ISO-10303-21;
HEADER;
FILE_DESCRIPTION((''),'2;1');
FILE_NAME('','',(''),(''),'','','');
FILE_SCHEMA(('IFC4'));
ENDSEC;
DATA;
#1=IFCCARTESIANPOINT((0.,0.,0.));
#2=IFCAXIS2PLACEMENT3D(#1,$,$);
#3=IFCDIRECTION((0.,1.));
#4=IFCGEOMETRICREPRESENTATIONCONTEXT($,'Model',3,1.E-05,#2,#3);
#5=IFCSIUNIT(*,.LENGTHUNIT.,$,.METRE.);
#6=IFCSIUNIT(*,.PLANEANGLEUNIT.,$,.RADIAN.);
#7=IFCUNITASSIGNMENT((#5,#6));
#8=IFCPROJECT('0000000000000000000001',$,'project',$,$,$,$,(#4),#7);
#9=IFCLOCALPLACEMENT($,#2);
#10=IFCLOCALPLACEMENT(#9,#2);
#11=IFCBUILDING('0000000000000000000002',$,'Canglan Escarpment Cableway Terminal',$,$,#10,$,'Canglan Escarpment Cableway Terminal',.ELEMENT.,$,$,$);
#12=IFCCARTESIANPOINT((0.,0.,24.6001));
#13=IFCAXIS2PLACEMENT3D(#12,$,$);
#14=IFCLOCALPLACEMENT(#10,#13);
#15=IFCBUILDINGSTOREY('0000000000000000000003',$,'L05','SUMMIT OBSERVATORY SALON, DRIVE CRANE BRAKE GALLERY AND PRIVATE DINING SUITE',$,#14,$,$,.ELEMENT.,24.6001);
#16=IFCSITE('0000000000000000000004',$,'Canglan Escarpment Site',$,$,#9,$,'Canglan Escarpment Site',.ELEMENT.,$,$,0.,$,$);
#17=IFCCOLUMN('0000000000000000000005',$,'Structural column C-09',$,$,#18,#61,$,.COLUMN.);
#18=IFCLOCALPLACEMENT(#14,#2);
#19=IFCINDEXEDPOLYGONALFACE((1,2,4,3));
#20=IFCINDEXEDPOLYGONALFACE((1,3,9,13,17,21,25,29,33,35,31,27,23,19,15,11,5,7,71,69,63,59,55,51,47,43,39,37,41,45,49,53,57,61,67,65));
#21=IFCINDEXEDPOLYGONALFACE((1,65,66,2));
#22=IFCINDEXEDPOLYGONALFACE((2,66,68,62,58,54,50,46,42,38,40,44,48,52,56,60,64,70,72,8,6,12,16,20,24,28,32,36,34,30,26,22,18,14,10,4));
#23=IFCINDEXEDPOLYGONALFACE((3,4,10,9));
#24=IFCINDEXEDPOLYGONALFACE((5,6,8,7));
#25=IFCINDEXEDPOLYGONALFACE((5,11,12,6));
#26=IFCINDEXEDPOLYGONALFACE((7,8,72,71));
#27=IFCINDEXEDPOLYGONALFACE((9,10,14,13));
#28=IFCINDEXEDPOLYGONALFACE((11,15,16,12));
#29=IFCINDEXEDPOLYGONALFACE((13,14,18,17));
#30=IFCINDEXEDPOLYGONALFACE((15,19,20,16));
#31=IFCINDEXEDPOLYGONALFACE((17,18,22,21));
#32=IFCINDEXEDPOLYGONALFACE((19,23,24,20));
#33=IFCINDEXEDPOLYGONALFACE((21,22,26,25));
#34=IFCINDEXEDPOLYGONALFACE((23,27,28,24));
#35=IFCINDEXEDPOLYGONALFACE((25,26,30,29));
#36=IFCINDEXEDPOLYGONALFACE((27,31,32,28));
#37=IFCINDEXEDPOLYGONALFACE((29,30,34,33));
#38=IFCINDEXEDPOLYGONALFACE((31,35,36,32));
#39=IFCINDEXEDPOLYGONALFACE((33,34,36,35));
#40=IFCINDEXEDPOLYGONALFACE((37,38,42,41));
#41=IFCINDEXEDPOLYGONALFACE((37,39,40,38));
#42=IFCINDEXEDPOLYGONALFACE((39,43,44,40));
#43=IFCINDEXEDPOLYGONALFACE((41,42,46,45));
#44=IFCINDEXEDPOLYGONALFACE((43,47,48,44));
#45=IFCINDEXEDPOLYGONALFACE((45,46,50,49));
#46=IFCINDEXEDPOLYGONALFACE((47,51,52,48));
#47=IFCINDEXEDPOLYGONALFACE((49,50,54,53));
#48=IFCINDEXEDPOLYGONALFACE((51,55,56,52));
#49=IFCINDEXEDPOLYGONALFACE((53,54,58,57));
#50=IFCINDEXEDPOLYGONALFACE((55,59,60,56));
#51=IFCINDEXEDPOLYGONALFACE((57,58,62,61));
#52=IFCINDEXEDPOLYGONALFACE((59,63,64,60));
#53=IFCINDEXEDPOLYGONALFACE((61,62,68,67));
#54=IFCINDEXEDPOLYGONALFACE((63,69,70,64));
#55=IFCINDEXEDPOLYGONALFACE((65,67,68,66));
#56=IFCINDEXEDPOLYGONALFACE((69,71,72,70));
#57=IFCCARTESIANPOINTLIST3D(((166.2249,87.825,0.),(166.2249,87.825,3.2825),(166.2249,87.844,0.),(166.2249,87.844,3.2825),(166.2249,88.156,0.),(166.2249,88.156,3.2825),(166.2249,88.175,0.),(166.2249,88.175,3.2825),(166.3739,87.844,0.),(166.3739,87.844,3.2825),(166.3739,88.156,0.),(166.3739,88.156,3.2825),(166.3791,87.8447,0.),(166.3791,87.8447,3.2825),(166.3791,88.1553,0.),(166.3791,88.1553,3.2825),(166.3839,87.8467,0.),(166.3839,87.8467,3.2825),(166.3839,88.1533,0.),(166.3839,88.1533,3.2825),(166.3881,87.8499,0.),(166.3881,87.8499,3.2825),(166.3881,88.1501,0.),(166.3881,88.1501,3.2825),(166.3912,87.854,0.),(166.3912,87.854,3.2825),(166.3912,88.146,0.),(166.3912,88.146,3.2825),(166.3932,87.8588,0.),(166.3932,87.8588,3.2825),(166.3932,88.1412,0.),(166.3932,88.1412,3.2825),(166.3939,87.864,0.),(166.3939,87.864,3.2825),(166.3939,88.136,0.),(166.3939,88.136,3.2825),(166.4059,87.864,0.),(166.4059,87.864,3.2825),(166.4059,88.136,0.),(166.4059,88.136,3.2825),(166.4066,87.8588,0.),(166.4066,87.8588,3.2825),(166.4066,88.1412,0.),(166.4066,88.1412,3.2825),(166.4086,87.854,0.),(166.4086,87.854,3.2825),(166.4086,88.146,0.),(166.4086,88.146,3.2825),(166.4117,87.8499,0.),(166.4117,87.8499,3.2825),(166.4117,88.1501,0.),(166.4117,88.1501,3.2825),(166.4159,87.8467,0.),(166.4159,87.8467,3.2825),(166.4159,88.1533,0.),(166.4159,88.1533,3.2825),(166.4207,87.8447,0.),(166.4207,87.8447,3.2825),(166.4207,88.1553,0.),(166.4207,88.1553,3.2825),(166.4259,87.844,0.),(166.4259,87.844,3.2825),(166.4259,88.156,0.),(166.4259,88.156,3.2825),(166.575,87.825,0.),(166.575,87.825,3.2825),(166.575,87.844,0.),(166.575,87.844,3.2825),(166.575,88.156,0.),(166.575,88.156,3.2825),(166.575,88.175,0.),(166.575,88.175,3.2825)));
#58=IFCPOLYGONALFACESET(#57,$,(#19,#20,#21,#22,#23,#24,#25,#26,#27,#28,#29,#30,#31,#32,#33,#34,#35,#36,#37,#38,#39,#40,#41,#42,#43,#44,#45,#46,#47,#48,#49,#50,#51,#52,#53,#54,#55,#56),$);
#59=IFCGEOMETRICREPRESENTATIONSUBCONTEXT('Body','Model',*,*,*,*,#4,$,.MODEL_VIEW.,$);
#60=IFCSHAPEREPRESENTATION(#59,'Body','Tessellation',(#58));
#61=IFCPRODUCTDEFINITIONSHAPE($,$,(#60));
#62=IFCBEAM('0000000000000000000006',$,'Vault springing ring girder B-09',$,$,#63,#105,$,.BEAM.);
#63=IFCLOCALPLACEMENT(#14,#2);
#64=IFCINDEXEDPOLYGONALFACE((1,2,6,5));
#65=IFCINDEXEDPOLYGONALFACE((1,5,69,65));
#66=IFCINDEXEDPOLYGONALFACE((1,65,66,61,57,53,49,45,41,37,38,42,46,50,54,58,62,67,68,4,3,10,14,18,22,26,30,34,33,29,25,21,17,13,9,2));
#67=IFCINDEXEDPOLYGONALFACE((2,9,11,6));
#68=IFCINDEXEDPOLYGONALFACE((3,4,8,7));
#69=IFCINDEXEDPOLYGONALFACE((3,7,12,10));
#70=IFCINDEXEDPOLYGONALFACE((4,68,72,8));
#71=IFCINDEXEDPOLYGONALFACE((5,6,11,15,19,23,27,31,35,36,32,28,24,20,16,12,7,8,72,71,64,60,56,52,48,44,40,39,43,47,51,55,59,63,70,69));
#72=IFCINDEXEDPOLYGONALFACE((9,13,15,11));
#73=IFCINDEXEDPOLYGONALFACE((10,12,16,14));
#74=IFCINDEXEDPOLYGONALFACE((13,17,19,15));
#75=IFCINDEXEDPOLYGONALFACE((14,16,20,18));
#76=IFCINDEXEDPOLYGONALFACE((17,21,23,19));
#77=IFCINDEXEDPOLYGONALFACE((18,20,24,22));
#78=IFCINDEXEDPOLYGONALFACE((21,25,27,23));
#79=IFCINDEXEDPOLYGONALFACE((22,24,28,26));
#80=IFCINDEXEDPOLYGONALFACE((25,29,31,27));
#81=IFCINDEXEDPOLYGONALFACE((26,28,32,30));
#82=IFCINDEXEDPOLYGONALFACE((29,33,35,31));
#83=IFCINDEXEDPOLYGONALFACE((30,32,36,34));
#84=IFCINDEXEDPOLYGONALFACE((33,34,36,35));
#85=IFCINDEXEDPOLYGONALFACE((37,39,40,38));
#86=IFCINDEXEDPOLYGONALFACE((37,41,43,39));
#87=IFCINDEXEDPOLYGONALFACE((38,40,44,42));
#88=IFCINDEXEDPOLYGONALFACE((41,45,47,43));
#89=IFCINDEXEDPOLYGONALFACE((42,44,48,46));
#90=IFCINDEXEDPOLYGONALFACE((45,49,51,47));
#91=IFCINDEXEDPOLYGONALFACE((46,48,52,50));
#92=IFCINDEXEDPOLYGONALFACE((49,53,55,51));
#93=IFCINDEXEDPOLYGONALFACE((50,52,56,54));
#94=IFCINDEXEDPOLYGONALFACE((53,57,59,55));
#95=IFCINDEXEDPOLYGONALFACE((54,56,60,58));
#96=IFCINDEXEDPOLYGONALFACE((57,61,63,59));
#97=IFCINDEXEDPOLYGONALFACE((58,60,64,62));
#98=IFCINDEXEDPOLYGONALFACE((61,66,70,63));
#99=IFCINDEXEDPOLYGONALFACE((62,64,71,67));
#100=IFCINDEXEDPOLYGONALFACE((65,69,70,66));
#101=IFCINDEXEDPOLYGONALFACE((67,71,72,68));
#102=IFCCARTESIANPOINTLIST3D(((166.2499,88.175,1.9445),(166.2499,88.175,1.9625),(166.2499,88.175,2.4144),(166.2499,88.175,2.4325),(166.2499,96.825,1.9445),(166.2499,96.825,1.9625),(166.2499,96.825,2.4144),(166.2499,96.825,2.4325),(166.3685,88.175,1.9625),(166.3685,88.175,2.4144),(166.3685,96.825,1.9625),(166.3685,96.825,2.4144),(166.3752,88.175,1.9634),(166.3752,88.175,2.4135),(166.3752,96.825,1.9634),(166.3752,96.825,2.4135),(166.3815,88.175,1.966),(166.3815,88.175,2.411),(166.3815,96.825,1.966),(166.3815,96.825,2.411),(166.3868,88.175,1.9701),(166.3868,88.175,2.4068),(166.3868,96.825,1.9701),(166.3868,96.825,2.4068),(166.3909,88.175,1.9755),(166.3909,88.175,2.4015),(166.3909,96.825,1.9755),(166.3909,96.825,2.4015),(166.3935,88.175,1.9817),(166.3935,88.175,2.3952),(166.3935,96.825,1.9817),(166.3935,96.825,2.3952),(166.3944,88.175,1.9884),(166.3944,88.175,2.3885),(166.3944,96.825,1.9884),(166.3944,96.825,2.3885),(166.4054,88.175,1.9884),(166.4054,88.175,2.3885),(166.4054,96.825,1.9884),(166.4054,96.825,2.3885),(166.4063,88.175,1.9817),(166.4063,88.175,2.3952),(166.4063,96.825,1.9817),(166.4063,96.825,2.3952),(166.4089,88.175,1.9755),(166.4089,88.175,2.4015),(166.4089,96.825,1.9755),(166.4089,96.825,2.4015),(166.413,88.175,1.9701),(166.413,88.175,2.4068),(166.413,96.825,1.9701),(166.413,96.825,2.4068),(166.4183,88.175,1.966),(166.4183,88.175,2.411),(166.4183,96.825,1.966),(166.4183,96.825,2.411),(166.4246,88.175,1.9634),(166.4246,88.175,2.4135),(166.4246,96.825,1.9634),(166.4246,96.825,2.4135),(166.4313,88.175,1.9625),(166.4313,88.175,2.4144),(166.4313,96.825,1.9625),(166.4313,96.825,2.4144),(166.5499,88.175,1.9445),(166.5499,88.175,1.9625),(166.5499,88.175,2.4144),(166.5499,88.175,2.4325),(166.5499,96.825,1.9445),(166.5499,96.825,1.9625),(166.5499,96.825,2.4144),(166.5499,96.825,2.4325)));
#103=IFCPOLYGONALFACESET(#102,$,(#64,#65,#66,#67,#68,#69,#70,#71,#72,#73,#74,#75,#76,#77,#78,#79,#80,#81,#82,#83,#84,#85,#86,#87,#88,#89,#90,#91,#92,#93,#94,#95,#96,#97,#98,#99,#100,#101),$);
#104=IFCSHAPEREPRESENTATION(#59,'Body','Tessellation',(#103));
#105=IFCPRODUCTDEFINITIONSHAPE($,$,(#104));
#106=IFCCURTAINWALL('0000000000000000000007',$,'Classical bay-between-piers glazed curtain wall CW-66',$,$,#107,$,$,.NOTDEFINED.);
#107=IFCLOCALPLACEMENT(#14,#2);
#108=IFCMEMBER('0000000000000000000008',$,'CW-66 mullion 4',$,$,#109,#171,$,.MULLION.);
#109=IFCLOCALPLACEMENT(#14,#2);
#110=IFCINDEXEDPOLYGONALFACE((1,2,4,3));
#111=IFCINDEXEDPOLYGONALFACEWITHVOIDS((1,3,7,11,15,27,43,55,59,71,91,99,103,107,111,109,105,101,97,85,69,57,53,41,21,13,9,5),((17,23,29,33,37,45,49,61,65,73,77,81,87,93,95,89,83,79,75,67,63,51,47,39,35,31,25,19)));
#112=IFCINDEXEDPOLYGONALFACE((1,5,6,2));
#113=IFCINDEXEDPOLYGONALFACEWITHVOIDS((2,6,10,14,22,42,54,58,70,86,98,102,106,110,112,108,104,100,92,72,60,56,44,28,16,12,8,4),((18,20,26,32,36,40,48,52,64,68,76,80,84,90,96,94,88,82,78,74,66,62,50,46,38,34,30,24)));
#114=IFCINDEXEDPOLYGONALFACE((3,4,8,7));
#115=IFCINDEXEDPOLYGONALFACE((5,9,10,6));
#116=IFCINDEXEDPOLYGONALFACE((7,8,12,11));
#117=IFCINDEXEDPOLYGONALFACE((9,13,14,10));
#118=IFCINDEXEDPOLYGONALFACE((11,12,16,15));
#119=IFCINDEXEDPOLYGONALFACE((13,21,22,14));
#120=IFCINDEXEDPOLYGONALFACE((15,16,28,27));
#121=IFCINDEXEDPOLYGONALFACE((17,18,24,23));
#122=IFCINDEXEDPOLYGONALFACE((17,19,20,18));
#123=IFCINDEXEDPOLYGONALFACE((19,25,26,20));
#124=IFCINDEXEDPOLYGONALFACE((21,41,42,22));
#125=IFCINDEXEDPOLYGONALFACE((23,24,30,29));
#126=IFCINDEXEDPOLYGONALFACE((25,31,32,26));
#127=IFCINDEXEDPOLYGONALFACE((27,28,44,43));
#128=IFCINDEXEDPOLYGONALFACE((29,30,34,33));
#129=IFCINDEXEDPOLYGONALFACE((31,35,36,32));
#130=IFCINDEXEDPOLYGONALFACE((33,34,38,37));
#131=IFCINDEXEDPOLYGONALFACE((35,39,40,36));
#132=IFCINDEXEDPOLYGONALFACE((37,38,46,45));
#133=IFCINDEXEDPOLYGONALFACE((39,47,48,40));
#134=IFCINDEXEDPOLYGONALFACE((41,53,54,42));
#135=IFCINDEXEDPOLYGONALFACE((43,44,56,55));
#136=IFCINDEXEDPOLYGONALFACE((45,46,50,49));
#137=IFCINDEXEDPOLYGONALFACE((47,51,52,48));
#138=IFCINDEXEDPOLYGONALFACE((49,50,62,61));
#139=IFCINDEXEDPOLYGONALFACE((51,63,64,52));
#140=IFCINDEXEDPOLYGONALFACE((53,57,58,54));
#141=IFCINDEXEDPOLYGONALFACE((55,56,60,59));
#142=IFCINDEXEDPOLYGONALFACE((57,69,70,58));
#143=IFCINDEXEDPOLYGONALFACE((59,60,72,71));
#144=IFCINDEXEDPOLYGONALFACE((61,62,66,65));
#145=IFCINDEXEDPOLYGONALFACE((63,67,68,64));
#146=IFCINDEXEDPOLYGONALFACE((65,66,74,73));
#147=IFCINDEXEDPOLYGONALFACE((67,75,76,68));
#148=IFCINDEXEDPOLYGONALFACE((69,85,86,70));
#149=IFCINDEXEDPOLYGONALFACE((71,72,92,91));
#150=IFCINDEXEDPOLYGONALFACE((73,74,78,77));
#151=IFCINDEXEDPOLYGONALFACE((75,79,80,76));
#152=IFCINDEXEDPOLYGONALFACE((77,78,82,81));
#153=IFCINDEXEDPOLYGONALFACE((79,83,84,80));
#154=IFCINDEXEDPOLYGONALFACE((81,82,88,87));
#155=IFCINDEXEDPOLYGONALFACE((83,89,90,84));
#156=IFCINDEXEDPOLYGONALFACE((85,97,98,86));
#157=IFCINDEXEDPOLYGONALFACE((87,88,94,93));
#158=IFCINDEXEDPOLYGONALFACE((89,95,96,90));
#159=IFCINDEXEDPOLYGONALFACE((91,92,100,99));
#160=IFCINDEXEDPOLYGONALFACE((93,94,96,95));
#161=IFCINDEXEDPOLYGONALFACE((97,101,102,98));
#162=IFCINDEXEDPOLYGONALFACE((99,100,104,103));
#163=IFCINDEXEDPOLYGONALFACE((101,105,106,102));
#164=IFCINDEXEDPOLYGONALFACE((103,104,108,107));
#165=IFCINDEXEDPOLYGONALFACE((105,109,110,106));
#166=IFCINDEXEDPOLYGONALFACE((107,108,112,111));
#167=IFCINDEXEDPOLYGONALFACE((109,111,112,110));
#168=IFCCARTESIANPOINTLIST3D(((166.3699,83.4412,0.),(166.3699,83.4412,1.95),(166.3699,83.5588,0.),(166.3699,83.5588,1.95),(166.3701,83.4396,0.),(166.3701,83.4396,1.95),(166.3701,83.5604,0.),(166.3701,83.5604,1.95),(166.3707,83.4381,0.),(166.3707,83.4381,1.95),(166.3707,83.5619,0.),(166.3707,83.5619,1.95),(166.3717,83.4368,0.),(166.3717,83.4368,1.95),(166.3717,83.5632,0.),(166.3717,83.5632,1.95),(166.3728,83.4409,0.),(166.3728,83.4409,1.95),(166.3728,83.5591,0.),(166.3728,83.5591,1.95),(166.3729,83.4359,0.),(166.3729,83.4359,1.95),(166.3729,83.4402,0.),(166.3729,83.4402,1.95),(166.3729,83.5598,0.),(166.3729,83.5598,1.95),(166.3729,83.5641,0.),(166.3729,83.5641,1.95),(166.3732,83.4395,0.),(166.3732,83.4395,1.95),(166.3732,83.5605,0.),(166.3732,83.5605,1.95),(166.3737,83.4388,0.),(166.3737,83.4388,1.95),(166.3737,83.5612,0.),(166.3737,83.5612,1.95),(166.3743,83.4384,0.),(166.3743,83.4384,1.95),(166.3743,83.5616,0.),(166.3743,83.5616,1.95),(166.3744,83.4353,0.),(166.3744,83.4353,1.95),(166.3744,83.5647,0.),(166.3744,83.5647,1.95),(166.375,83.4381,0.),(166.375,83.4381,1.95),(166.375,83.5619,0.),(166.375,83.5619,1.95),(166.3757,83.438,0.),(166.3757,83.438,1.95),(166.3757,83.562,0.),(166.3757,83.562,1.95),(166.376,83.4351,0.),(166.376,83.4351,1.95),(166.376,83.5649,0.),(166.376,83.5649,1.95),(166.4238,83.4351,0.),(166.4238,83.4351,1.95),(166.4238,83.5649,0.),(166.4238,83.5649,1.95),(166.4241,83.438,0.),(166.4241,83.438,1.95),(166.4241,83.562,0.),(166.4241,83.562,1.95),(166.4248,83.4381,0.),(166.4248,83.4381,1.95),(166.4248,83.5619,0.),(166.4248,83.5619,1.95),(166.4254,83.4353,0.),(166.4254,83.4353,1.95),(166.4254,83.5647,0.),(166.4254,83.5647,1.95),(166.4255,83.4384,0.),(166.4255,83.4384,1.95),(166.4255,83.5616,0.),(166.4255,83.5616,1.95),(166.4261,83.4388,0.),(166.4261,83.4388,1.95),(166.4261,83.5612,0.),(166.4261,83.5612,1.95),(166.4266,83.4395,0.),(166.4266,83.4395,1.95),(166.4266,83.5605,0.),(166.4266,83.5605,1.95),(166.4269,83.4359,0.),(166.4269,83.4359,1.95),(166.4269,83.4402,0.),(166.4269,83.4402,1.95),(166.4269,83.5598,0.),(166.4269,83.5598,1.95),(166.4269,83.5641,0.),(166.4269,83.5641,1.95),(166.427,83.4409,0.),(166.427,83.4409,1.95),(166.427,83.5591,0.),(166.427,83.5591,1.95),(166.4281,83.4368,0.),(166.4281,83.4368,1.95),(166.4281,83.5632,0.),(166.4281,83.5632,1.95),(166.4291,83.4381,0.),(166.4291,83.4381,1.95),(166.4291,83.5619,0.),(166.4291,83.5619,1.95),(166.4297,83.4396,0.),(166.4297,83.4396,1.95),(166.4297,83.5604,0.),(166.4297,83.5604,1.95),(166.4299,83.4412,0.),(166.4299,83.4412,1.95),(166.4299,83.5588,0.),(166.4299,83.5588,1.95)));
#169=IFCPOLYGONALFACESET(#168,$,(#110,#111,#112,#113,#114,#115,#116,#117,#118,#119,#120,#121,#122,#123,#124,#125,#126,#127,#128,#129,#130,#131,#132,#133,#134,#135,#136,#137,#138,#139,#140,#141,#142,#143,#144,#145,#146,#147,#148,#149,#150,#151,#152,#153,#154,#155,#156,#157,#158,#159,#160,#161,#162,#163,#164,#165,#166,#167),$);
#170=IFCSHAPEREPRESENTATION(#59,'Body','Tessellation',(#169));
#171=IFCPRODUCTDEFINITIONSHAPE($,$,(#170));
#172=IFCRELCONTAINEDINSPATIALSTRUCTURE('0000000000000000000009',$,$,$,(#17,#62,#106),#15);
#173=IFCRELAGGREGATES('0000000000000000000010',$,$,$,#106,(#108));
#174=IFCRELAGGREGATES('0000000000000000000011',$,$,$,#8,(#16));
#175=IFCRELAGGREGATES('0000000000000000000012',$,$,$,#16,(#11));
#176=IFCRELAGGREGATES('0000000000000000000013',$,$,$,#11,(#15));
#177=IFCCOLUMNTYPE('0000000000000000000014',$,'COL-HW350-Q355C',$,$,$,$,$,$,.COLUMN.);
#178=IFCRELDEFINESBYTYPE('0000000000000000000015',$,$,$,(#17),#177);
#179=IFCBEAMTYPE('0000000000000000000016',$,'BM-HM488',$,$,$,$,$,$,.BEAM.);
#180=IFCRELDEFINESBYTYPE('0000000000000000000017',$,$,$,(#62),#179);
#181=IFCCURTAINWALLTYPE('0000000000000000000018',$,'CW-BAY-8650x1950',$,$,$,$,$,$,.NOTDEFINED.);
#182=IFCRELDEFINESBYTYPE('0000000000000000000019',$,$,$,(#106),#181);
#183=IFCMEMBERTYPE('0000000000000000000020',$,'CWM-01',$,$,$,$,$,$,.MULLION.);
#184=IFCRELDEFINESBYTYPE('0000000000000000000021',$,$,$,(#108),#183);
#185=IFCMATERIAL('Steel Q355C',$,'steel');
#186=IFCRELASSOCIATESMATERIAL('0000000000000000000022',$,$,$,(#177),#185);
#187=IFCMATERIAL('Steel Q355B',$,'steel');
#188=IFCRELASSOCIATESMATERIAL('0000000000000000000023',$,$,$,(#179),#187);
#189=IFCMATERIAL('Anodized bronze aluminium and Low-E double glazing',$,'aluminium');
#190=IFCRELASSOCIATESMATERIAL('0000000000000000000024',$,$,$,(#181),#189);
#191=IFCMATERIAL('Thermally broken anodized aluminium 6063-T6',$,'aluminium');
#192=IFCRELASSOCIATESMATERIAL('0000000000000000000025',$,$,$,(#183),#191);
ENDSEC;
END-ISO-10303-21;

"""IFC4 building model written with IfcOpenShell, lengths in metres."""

from ifc_helpers import new_model, si_unit, direction, frame, origin, origin_2d, place, context, subcontext, project, spatial, hollow_rectangle, i_section, extrude, material, material_profile, profile_set, type_object, element, aggregate, save


model = new_model("IFC4")

# Units and contexts
model_context = context("Model", 3, precision=1e-05, world=origin(), true_north=direction((0.0, 1.0)))
body_context = subcontext(model_context, "Body", "Model", "MODEL_VIEW")
ifc_project = project(units=[si_unit("LENGTHUNIT", "METRE"), si_unit("PLANEANGLEUNIT", "RADIAN")], contexts=[model_context])

# Site, building, storey
site_placement = place(None, origin())
site = spatial("IfcSite", under=ifc_project, at=site_placement, Name="Canglan Escarpment Site", LongName="Canglan Escarpment Site", CompositionType="ELEMENT", RefElevation=0.0)
building_placement = place(site_placement, origin())
building = spatial("IfcBuilding", under=site, at=building_placement, Name="Canglan Escarpment Cableway Terminal", LongName="Canglan Escarpment Cableway Terminal", CompositionType="ELEMENT")
storey_placement = place(building_placement, frame((0.0, 0.0, 24.6001)))
storey = spatial("IfcBuildingStorey", under=building, at=storey_placement, Name="L05", Description="SUMMIT OBSERVATORY SALON, DRIVE CRANE BRAKE GALLERY AND PRIVATE DINING SUITE", CompositionType="ELEMENT", Elevation=24.6001)

# Column
ifc_material_1 = material(Name="Steel Q355C", Category="steel")
ifc_material_profile_1 = material_profile(ifc_material_1, i_section(OverallWidth=0.3501, OverallDepth=0.3501, WebThickness=0.012, FlangeThickness=0.019, FilletRadius=0.02, at=origin_2d()), Name="HW 350x350x12x19")
ifc_profile_set_1 = profile_set([ifc_material_profile_1], Name="Steel Q355C")
column_type = type_object("IfcColumnType", Name="COL-HW350-Q355C", PredefinedType="COLUMN", material=ifc_profile_set_1)
column_placement = place(storey_placement, frame((166.3999, 88.0, 0.0), z_axis=(0.0, 0.0, 1.0), x_axis=(1.0, 0.0, 0.0)))
element("IfcColumn", 1, at=column_placement, inside=storey, type_object=column_type, Name="Structural column C-09", PredefinedType="COLUMN", context=body_context, shape_type="SweptSolid", body=[
    extrude(i_section(OverallWidth=0.3501, OverallDepth=0.3501, WebThickness=0.012, FlangeThickness=0.019, FilletRadius=0.02, at=origin_2d()), origin(), (0.0, 0.0, 1.0), 3.2825),
])

# Beam
ifc_material_2 = material(Name="Steel Q355B", Category="steel")
ifc_material_profile_2 = material_profile(ifc_material_2, i_section(OverallWidth=0.3, OverallDepth=0.488, WebThickness=0.011, FlangeThickness=0.0181, FilletRadius=0.0259, at=origin_2d()), Name="HM 488x300x11x18")
ifc_profile_set_2 = profile_set([ifc_material_profile_2], Name="Steel Q355B")
beam_type = type_object("IfcBeamType", Name="BM-HM488", PredefinedType="BEAM", material=ifc_profile_set_2)
beam_placement = place(storey_placement, frame((166.3999, 88.175, 2.1885), z_axis=(0.0, 1.0, 0.0), x_axis=(-1.0, 0.0, 0.0)))
element("IfcBeam", 2, at=beam_placement, inside=storey, type_object=beam_type, Name="Vault springing ring girder B-09", PredefinedType="BEAM", context=body_context, shape_type="SweptSolid", body=[
    extrude(i_section(OverallWidth=0.3, OverallDepth=0.488, WebThickness=0.011, FlangeThickness=0.0181, FilletRadius=0.0259, at=origin_2d()), origin(), (0.0, 0.0, 1.0), 8.6499),
])

# Curtain wall, member
ifc_material_3 = material(Name="Anodized bronze aluminium and Low-E double glazing", Category="aluminium")
curtain_wall_type = type_object("IfcCurtainWallType", Name="CW-BAY-8650x1950", PredefinedType="NOTDEFINED", material=ifc_material_3)
curtain_wall_1_placement = place(storey_placement, origin())
curtain_wall_1 = element("IfcCurtainWall", 3, at=curtain_wall_1_placement, inside=storey, type_object=curtain_wall_type, Name="Classical bay-between-piers glazed curtain wall CW-66", PredefinedType="NOTDEFINED")
ifc_material_4 = material(Name="Thermally broken anodized aluminium 6063-T6", Category="aluminium")
ifc_material_profile_3 = material_profile(ifc_material_4, hollow_rectangle(XDim=0.0601, YDim=0.1299, WallThickness=0.0029, InnerFilletRadius=0.0029, OuterFilletRadius=0.0061, at=origin_2d()), Name="ALU-MULL 60x130x3")
ifc_profile_set_3 = profile_set([ifc_material_profile_3], Name="Thermally broken anodized aluminium 6063-T6")
member_type_1 = type_object("IfcMemberType", Name="CWM-01", PredefinedType="MULLION", material=ifc_profile_set_3)
member_1_placement = place(storey_placement, frame((166.3999, 83.5, 0.0), z_axis=(0.0, 0.0, 1.0), x_axis=(-1.0, 0.0, 0.0)))
member_1 = element("IfcMember", 4, at=member_1_placement, type_object=member_type_1, Name="CW-66 mullion 4", PredefinedType="MULLION", context=body_context, shape_type="SweptSolid", body=[
    extrude(hollow_rectangle(XDim=0.0601, YDim=0.1299, WallThickness=0.0029, InnerFilletRadius=0.0029, OuterFilletRadius=0.0061, at=origin_2d()), origin(), (0.0, 0.0, 1.0), 1.95),
])

aggregate(curtain_wall_1, [member_1])

save(model, "model.ifc")
